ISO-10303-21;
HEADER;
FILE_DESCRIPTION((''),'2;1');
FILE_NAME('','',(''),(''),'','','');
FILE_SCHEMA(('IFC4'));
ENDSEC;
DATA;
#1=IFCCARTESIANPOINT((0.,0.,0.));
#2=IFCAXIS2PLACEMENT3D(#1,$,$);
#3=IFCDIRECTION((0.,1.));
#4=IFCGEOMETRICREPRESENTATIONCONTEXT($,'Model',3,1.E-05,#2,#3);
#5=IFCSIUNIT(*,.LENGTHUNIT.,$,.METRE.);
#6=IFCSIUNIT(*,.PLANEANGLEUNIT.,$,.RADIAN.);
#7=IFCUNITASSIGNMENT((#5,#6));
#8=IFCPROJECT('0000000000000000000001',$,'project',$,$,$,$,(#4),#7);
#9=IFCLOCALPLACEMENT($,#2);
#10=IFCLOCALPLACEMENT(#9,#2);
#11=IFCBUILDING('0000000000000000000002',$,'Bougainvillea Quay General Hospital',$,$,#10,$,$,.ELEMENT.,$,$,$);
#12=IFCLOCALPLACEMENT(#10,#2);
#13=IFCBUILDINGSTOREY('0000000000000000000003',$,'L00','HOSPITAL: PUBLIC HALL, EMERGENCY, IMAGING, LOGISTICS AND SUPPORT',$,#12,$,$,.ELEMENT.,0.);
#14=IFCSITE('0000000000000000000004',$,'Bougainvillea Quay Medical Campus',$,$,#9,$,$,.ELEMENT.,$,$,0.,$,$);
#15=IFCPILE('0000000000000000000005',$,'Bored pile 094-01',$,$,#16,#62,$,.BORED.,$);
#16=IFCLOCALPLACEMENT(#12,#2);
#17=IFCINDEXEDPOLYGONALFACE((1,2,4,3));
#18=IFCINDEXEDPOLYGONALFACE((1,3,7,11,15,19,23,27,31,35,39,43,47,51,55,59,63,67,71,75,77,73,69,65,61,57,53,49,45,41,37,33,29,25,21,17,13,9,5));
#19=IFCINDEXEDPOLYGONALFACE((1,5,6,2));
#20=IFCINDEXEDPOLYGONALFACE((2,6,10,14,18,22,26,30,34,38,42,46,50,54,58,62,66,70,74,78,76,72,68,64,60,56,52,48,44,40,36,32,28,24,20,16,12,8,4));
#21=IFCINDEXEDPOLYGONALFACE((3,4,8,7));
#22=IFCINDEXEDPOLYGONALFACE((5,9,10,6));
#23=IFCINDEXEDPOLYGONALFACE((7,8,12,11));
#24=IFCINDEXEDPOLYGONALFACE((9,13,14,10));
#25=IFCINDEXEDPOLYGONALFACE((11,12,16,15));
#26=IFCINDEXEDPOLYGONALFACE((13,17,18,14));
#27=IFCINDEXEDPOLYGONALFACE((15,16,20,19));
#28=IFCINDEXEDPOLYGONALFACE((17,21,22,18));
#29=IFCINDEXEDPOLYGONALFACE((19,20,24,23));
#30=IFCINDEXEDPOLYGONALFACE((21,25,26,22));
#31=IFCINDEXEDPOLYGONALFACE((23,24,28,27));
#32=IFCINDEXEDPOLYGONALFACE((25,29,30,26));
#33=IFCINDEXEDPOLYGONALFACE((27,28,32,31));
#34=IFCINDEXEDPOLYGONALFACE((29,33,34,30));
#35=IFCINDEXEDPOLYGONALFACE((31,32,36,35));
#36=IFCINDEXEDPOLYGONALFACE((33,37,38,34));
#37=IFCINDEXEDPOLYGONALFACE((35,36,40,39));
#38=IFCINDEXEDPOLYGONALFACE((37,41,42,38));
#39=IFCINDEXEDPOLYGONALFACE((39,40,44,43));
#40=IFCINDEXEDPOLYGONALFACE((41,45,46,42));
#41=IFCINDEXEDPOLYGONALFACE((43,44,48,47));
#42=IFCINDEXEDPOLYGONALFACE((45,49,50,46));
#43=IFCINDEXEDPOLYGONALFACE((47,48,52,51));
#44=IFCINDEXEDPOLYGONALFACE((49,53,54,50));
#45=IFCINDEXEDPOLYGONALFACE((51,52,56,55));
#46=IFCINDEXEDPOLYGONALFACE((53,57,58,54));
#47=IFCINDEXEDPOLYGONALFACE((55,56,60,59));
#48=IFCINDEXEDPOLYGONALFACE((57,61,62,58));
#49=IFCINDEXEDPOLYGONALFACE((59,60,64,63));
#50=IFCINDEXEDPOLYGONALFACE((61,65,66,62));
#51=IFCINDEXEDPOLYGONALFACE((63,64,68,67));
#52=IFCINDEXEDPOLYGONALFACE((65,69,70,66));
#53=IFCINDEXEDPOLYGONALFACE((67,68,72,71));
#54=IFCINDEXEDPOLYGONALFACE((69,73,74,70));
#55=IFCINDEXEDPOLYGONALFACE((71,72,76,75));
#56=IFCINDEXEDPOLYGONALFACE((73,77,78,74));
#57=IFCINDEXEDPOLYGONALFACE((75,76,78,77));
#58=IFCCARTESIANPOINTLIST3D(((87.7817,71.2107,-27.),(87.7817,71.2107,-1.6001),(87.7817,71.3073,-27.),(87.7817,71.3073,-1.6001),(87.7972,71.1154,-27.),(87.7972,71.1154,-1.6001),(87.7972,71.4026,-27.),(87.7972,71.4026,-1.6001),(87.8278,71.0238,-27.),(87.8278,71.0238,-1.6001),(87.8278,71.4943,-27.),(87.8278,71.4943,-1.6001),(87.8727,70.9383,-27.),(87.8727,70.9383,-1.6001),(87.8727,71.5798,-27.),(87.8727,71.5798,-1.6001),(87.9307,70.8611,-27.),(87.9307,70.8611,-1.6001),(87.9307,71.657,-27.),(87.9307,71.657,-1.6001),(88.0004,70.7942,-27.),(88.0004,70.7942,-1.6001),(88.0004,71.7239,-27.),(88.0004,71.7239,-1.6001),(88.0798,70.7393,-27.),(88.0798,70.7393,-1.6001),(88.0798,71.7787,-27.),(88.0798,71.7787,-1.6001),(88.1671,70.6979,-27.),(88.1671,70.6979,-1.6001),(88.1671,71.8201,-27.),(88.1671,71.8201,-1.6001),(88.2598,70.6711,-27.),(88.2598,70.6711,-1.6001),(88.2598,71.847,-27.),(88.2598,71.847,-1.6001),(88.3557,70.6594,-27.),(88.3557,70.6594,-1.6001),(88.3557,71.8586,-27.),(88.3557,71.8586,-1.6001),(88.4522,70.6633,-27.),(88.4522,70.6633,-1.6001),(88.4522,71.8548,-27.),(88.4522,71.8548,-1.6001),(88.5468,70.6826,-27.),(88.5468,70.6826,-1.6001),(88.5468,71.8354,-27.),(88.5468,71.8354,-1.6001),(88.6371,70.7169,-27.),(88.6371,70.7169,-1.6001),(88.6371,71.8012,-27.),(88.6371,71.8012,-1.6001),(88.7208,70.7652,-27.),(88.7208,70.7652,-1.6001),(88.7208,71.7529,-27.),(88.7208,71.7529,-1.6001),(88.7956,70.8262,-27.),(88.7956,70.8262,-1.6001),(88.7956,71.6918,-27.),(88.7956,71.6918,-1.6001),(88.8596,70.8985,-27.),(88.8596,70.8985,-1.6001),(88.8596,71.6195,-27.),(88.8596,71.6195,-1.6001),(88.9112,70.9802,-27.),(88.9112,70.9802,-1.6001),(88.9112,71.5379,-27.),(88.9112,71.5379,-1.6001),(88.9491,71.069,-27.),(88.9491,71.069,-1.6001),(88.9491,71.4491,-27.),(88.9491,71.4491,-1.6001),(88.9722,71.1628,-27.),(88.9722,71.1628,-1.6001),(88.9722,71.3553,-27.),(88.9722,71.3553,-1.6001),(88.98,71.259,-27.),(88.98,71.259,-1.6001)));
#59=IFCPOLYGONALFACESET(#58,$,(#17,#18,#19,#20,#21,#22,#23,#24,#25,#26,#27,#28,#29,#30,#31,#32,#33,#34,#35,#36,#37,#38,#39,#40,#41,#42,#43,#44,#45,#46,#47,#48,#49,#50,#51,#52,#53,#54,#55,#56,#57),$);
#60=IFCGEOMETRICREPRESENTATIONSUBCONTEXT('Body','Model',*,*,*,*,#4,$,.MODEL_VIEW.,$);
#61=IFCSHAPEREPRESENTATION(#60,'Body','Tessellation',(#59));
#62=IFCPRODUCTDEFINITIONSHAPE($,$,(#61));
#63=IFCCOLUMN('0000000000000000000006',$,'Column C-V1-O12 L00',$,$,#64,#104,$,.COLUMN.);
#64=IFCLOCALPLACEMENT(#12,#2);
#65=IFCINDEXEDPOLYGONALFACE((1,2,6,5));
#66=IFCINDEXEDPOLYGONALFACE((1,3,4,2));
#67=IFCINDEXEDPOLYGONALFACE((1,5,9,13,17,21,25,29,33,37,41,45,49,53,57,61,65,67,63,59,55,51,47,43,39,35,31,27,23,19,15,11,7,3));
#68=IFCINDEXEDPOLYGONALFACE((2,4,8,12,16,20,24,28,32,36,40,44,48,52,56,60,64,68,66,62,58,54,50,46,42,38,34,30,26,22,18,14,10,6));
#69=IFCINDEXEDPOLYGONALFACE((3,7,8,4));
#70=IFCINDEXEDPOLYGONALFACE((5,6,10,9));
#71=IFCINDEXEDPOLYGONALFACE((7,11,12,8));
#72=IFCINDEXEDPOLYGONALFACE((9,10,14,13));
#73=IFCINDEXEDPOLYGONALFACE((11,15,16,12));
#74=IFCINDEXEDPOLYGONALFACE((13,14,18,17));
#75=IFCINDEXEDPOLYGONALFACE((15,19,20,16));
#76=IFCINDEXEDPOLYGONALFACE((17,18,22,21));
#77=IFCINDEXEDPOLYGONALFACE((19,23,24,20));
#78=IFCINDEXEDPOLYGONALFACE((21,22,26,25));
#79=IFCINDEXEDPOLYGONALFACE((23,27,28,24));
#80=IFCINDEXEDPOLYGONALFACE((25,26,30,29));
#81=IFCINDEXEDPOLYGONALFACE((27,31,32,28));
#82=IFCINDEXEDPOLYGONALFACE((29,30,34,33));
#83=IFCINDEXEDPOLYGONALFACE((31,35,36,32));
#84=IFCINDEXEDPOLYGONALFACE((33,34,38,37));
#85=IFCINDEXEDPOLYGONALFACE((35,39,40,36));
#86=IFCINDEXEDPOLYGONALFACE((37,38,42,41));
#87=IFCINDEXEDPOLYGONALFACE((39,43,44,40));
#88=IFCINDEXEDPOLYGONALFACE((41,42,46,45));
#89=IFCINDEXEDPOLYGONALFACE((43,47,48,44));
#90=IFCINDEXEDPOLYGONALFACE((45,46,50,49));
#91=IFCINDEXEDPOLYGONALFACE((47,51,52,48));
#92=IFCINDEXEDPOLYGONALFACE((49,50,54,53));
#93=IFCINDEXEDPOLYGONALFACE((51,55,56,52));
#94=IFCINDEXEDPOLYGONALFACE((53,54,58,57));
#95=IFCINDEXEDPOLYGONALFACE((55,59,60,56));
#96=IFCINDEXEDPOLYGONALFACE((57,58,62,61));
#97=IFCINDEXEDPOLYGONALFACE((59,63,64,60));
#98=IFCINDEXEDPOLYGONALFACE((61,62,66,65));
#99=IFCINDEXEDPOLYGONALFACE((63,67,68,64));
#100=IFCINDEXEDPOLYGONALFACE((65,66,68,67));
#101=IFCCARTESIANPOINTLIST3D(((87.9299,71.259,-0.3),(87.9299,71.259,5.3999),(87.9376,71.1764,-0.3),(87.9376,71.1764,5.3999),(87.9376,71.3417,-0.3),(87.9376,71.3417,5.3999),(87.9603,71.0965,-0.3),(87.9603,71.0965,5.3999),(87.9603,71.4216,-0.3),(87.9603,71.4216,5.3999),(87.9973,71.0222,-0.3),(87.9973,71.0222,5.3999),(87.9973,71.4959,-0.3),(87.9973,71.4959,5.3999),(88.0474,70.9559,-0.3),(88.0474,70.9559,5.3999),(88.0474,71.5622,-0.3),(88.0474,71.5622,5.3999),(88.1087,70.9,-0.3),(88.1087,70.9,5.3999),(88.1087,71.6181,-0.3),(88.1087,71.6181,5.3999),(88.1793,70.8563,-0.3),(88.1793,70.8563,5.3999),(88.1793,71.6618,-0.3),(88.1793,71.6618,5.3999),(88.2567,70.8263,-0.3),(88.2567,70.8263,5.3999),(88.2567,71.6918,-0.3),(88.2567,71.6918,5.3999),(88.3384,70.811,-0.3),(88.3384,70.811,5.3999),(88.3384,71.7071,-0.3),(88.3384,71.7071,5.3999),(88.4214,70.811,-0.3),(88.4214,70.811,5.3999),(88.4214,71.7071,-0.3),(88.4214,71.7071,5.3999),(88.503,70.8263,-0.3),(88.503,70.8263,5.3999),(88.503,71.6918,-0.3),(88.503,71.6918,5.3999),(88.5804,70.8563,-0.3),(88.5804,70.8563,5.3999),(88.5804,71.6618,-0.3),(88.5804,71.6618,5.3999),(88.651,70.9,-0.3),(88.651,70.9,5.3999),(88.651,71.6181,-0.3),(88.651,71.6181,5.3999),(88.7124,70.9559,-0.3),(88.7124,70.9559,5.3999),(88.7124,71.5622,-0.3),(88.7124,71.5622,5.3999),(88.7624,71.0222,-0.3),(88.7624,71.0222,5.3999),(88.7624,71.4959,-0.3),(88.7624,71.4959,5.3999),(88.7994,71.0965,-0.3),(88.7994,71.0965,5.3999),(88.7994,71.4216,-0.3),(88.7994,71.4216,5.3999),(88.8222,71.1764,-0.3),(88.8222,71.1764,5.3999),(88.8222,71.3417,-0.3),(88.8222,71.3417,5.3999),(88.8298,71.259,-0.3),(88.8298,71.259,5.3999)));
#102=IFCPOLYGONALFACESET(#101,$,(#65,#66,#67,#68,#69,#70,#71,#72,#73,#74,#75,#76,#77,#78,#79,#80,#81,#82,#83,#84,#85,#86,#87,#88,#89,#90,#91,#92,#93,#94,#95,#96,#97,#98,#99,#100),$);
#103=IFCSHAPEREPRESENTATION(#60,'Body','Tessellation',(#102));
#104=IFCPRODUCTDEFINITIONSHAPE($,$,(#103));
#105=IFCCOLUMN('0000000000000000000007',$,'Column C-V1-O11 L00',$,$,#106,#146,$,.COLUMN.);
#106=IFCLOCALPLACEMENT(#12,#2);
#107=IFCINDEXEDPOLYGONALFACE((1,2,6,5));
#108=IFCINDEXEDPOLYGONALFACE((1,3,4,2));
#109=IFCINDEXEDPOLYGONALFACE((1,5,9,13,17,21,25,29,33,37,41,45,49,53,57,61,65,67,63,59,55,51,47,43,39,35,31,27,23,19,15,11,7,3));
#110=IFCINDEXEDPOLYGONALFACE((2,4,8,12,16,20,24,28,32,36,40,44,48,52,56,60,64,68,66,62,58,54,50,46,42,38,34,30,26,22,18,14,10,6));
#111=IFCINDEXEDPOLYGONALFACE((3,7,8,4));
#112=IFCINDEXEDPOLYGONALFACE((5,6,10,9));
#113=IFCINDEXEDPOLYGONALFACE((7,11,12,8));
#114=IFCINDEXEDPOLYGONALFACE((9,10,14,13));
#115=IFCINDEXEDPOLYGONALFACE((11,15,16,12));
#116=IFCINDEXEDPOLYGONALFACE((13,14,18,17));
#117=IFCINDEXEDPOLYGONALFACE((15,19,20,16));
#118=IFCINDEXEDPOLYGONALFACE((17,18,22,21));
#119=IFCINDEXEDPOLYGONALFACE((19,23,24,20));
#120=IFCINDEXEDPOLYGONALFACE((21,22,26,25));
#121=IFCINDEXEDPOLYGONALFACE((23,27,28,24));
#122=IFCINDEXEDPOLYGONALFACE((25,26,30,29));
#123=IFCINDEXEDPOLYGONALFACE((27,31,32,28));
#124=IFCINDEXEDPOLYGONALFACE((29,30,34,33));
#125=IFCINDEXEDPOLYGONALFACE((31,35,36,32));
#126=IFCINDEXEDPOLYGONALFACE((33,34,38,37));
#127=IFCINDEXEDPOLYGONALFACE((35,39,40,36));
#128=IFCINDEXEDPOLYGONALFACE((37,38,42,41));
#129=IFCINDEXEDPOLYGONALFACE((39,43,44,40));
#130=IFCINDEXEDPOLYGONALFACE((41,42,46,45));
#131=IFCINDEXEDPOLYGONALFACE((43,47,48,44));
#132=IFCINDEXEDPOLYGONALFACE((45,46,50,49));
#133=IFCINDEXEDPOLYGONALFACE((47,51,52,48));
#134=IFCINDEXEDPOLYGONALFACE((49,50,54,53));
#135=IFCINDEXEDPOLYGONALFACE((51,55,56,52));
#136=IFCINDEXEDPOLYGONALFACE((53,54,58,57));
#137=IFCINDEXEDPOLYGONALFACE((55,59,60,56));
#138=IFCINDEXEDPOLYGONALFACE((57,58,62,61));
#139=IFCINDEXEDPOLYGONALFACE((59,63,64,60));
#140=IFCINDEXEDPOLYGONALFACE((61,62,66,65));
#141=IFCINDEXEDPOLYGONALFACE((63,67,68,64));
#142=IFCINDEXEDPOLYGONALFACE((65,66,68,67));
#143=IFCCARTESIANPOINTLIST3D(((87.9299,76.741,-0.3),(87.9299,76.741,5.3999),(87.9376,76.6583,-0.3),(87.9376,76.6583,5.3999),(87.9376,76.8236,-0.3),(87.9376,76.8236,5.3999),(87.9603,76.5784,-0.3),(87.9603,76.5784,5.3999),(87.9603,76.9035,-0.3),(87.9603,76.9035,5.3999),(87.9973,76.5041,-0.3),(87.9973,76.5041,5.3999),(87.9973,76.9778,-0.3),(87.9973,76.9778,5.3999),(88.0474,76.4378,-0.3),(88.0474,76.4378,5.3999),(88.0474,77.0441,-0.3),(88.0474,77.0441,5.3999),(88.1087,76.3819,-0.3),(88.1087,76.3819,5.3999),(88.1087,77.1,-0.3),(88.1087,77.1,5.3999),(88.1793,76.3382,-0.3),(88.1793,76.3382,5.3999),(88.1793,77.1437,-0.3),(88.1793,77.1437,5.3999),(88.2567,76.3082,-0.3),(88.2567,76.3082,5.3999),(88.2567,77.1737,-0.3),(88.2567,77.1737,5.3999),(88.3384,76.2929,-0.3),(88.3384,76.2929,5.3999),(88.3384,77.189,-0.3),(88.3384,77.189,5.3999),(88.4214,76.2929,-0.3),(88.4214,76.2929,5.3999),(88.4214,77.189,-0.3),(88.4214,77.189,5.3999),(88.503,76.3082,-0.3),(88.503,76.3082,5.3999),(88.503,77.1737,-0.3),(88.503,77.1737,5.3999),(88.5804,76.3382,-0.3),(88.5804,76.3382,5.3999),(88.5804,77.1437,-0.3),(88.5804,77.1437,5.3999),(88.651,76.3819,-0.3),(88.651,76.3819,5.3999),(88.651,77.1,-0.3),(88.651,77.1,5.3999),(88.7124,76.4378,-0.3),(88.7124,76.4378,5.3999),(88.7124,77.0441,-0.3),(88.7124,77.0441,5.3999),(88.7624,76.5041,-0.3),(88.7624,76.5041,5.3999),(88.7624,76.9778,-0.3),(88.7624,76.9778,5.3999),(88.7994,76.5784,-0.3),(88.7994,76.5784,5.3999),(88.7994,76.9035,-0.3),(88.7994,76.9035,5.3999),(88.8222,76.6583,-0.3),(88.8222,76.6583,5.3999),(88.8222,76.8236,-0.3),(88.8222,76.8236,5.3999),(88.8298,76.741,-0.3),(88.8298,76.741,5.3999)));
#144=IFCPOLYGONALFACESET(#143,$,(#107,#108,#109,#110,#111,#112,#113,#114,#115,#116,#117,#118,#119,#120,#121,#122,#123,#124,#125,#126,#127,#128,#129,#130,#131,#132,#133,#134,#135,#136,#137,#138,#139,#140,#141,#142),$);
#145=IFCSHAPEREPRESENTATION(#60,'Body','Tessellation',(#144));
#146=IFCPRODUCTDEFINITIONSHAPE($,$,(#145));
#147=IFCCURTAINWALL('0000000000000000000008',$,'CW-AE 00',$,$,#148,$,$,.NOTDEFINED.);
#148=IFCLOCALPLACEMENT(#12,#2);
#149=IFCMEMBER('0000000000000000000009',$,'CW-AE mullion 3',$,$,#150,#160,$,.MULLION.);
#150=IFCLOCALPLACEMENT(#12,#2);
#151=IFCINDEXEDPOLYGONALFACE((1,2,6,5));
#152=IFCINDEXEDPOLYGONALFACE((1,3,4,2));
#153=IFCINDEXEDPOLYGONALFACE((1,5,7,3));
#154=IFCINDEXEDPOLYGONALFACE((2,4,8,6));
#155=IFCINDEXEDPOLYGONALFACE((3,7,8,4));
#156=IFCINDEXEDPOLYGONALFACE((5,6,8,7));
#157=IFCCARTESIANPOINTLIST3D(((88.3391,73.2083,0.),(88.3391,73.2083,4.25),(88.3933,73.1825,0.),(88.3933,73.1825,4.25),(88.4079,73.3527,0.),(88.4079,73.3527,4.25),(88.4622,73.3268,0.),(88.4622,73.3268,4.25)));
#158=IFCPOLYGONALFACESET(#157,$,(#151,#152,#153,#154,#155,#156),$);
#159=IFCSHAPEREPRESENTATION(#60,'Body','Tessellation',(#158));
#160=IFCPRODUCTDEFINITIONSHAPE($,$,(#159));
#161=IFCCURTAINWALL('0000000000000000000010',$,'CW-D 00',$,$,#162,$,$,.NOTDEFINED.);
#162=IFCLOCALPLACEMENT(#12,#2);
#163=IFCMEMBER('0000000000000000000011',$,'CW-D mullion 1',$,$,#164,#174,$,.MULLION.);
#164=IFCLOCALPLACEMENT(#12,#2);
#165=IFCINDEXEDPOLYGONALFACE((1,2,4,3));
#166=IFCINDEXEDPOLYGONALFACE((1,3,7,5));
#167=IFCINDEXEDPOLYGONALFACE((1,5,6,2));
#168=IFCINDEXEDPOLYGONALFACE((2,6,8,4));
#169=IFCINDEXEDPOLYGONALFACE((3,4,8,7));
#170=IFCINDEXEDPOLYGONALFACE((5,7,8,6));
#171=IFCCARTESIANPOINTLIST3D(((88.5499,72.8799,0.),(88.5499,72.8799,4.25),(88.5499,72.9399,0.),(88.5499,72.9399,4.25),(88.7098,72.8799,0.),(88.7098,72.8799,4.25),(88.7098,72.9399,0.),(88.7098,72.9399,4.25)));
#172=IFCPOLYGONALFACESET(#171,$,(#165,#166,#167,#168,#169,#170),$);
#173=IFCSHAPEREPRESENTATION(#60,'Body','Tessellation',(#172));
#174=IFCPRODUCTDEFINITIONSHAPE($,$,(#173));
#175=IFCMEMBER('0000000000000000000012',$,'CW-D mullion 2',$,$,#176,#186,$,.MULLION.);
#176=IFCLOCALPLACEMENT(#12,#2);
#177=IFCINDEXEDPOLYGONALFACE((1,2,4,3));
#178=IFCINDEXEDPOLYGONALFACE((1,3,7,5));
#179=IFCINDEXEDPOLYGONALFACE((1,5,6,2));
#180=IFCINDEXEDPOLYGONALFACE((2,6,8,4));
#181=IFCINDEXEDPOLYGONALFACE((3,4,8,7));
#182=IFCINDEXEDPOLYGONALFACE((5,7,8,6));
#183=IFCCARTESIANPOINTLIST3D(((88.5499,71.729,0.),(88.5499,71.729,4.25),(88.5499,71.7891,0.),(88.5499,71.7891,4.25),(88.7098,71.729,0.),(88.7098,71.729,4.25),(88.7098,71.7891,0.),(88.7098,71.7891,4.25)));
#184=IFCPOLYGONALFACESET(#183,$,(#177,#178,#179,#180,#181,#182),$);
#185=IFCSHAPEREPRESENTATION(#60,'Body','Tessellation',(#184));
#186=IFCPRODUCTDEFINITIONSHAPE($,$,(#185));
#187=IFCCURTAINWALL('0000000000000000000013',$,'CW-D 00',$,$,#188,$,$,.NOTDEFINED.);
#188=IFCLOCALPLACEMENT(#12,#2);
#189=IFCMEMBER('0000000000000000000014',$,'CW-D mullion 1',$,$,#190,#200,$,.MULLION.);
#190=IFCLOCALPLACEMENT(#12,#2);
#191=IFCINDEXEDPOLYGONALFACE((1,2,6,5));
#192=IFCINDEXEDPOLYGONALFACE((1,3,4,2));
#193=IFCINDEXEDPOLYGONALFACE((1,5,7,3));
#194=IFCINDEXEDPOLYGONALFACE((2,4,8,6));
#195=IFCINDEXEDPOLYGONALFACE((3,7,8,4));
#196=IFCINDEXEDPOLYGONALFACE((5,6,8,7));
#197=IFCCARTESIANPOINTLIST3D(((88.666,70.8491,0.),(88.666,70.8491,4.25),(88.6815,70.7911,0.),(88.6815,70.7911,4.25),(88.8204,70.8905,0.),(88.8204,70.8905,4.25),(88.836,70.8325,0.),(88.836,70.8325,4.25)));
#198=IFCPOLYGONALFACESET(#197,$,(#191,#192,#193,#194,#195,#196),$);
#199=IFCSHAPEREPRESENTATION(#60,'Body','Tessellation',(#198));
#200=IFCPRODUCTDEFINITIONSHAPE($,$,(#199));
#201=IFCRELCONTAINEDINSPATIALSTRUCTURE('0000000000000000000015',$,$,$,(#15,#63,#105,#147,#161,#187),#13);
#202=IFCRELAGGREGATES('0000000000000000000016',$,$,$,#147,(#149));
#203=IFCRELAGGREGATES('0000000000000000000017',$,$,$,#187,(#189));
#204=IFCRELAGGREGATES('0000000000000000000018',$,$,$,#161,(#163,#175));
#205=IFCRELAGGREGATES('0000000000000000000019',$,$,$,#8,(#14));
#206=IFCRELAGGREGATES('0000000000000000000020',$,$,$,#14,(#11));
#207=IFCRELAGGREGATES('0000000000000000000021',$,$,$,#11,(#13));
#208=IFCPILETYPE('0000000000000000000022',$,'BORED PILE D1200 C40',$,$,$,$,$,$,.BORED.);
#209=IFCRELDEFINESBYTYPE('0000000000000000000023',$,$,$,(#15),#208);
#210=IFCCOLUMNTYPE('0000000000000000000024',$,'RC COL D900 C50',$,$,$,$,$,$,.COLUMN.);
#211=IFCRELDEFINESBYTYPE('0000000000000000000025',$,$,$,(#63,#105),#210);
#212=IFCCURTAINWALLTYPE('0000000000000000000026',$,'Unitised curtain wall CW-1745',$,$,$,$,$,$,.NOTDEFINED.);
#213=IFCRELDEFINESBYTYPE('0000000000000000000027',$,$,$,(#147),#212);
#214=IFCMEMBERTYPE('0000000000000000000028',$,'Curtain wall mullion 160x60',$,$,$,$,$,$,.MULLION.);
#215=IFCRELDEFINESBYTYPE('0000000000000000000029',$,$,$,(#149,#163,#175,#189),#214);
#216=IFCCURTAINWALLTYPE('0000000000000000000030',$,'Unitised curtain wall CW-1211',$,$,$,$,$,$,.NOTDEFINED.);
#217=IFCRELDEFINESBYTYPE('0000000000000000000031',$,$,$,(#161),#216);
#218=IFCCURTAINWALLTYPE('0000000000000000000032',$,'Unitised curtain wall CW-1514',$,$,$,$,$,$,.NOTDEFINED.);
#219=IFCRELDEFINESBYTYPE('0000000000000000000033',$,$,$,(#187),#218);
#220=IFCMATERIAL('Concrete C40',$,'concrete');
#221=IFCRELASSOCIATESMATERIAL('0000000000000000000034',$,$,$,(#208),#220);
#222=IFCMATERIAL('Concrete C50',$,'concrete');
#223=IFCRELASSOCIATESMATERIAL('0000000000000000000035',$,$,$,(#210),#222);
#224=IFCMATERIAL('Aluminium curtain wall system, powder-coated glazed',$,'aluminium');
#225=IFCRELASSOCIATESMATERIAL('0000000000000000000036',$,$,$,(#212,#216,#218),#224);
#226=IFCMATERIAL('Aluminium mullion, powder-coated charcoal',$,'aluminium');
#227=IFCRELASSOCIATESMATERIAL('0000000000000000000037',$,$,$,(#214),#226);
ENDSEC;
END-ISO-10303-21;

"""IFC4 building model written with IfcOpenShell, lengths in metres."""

from ifc_helpers import new_model, si_unit, direction, frame, origin, origin_2d, place, context, subcontext, project, spatial, rectangle, circle, extrude, material, material_profile, profile_set, type_object, element, aggregate, save


model = new_model("IFC4")

# Units and contexts
model_context = context("Model", 3, precision=1e-05, world=origin(), true_north=direction((0.0, 1.0)))
body_context = subcontext(model_context, "Body", "Model", "MODEL_VIEW")
ifc_project = project(units=[si_unit("LENGTHUNIT", "METRE"), si_unit("PLANEANGLEUNIT", "RADIAN")], contexts=[model_context])

# Site, building, storey
site_placement = place(None, origin())
site = spatial("IfcSite", under=ifc_project, at=site_placement, Name="Bougainvillea Quay Medical Campus", CompositionType="ELEMENT", RefElevation=0.0)
building_placement = place(site_placement, origin())
building = spatial("IfcBuilding", under=site, at=building_placement, Name="Bougainvillea Quay General Hospital", CompositionType="ELEMENT")
storey_placement = place(building_placement, origin())
storey = spatial("IfcBuildingStorey", under=building, at=storey_placement, Name="L00", Description="HOSPITAL: PUBLIC HALL, EMERGENCY, IMAGING, LOGISTICS AND SUPPORT", CompositionType="ELEMENT", Elevation=0.0)

# Pile
ifc_material_1 = material(Name="Concrete C40", Category="concrete")
ifc_material_profile_1 = material_profile(ifc_material_1, circle(Radius=0.6001, at=origin_2d()))
ifc_profile_set_1 = profile_set([ifc_material_profile_1], Name="Concrete C40")
pile_type = type_object("IfcPileType", Name="BORED PILE D1200 C40", PredefinedType="BORED", material=ifc_profile_set_1)
pile_placement = place(storey_placement, frame((88.3799, 71.259, -1.6001), z_axis=(0.0, 0.0, -1.0), x_axis=(1.0, 0.0, 0.0)))
element("IfcPile", 1, at=pile_placement, inside=storey, type_object=pile_type, Name="Bored pile 094-01", PredefinedType="BORED", context=body_context, shape_type="SweptSolid", body=[
    extrude(circle(Radius=0.6001, at=origin_2d()), origin(), (0.0, 0.0, 1.0), 25.3999),
])

# Columns
ifc_material_2 = material(Name="Concrete C50", Category="concrete")
ifc_material_profile_2 = material_profile(ifc_material_2, circle(Radius=0.45, at=origin_2d()))
ifc_profile_set_2 = profile_set([ifc_material_profile_2], Name="Concrete C50")
column_type = type_object("IfcColumnType", Name="RC COL D900 C50", PredefinedType="COLUMN", material=ifc_profile_set_2)
for number, where, z_axis, x_axis, name in (
    (2, (88.3799, 71.259, -0.3), (0.0, 0.0, 1.0), (1.0, 0.0, 0.0), "Column C-V1-O12 L00"),
    (3, (88.3799, 76.741, -0.3), (0.0, 0.0, 1.0), (1.0, 0.0, 0.0), "Column C-V1-O11 L00"),
):
    element("IfcColumn", number, at=place(storey_placement, frame(where, z_axis=z_axis, x_axis=x_axis)), inside=storey, type_object=column_type, Name=name, PredefinedType="COLUMN", context=body_context, shape_type="SweptSolid", body=[
        extrude(circle(Radius=0.45, at=origin_2d()), origin(), (0.0, 0.0, 1.0), 5.7),
    ])

# Curtain wall, member
ifc_material_3 = material(Name="Aluminium curtain wall system, powder-coated glazed", Category="aluminium")
curtain_wall_type_1 = type_object("IfcCurtainWallType", Name="Unitised curtain wall CW-1745", PredefinedType="NOTDEFINED", material=ifc_material_3)
curtain_wall_1_placement = place(storey_placement, origin())
curtain_wall_1 = element("IfcCurtainWall", 4, at=curtain_wall_1_placement, inside=storey, type_object=curtain_wall_type_1, Name="CW-AE 00", PredefinedType="NOTDEFINED")
ifc_material_4 = material(Name="Aluminium mullion, powder-coated charcoal", Category="aluminium")
ifc_material_profile_3 = material_profile(ifc_material_4, rectangle(XDim=0.1599, YDim=0.0601, at=origin_2d()))
ifc_profile_set_3 = profile_set([ifc_material_profile_3], Name="Aluminium mullion, powder-coated charcoal")
member_type_1 = type_object("IfcMemberType", Name="Curtain wall mullion 160x60", PredefinedType="MULLION", material=ifc_profile_set_3)
member_1_placement = place(storey_placement, frame((88.4006, 73.2676, 0.0), z_axis=(0.0, 0.0, 1.0), x_axis=(0.430463, 0.902608, 0.0)))
member_1 = element("IfcMember", 5, at=member_1_placement, type_object=member_type_1, Name="CW-AE mullion 3", PredefinedType="MULLION", context=body_context, shape_type="SweptSolid", body=[
    extrude(rectangle(XDim=0.1599, YDim=0.0601, at=origin_2d()), origin(), (0.0, 0.0, 1.0), 4.25),
])
aggregate(curtain_wall_1, [member_1])

# Curtain wall, members
curtain_wall_type_2 = type_object("IfcCurtainWallType", Name="Unitised curtain wall CW-1211", PredefinedType="NOTDEFINED", material=ifc_material_3)
curtain_wall_2_placement = place(storey_placement, origin())
curtain_wall_2 = element("IfcCurtainWall", 6, at=curtain_wall_2_placement, inside=storey, type_object=curtain_wall_type_2, Name="CW-D 00", PredefinedType="NOTDEFINED")
member_2_placement = place(storey_placement, frame((88.6299, 72.9099, 0.0), z_axis=(0.0, 0.0, 1.0), x_axis=(1.0, 0.0, 0.0)))
member_2 = element("IfcMember", 7, at=member_2_placement, type_object=member_type_1, Name="CW-D mullion 1", PredefinedType="MULLION", context=body_context, shape_type="SweptSolid", body=[
    extrude(rectangle(XDim=0.1599, YDim=0.0601, at=origin_2d()), origin(), (0.0, 0.0, 1.0), 4.25),
])
member_3_placement = place(storey_placement, frame((88.6299, 71.759, 0.0), z_axis=(0.0, 0.0, 1.0), x_axis=(1.0, 0.0, 0.0)))
member_3 = element("IfcMember", 8, at=member_3_placement, type_object=member_type_1, Name="CW-D mullion 2", PredefinedType="MULLION", context=body_context, shape_type="SweptSolid", body=[
    extrude(rectangle(XDim=0.1599, YDim=0.0601, at=origin_2d()), origin(), (0.0, 0.0, 1.0), 4.25),
])

# Curtain wall, member
curtain_wall_type_3 = type_object("IfcCurtainWallType", Name="Unitised curtain wall CW-1514", PredefinedType="NOTDEFINED", material=ifc_material_3)
curtain_wall_3_placement = place(storey_placement, origin())
curtain_wall_3 = element("IfcCurtainWall", 9, at=curtain_wall_3_placement, inside=storey, type_object=curtain_wall_type_3, Name="CW-D 00", PredefinedType="NOTDEFINED")
member_4_placement = place(storey_placement, frame((88.751, 70.8408, 0.0), z_axis=(0.0, 0.0, 1.0), x_axis=(0.965916, 0.258855, 0.0)))
member_4 = element("IfcMember", 10, at=member_4_placement, type_object=member_type_1, Name="CW-D mullion 1", PredefinedType="MULLION", context=body_context, shape_type="SweptSolid", body=[
    extrude(rectangle(XDim=0.1599, YDim=0.0601, at=origin_2d()), origin(), (0.0, 0.0, 1.0), 4.25),
])

aggregate(curtain_wall_3, [member_4])

aggregate(curtain_wall_2, [member_2, member_3])

save(model, "model.ifc")
